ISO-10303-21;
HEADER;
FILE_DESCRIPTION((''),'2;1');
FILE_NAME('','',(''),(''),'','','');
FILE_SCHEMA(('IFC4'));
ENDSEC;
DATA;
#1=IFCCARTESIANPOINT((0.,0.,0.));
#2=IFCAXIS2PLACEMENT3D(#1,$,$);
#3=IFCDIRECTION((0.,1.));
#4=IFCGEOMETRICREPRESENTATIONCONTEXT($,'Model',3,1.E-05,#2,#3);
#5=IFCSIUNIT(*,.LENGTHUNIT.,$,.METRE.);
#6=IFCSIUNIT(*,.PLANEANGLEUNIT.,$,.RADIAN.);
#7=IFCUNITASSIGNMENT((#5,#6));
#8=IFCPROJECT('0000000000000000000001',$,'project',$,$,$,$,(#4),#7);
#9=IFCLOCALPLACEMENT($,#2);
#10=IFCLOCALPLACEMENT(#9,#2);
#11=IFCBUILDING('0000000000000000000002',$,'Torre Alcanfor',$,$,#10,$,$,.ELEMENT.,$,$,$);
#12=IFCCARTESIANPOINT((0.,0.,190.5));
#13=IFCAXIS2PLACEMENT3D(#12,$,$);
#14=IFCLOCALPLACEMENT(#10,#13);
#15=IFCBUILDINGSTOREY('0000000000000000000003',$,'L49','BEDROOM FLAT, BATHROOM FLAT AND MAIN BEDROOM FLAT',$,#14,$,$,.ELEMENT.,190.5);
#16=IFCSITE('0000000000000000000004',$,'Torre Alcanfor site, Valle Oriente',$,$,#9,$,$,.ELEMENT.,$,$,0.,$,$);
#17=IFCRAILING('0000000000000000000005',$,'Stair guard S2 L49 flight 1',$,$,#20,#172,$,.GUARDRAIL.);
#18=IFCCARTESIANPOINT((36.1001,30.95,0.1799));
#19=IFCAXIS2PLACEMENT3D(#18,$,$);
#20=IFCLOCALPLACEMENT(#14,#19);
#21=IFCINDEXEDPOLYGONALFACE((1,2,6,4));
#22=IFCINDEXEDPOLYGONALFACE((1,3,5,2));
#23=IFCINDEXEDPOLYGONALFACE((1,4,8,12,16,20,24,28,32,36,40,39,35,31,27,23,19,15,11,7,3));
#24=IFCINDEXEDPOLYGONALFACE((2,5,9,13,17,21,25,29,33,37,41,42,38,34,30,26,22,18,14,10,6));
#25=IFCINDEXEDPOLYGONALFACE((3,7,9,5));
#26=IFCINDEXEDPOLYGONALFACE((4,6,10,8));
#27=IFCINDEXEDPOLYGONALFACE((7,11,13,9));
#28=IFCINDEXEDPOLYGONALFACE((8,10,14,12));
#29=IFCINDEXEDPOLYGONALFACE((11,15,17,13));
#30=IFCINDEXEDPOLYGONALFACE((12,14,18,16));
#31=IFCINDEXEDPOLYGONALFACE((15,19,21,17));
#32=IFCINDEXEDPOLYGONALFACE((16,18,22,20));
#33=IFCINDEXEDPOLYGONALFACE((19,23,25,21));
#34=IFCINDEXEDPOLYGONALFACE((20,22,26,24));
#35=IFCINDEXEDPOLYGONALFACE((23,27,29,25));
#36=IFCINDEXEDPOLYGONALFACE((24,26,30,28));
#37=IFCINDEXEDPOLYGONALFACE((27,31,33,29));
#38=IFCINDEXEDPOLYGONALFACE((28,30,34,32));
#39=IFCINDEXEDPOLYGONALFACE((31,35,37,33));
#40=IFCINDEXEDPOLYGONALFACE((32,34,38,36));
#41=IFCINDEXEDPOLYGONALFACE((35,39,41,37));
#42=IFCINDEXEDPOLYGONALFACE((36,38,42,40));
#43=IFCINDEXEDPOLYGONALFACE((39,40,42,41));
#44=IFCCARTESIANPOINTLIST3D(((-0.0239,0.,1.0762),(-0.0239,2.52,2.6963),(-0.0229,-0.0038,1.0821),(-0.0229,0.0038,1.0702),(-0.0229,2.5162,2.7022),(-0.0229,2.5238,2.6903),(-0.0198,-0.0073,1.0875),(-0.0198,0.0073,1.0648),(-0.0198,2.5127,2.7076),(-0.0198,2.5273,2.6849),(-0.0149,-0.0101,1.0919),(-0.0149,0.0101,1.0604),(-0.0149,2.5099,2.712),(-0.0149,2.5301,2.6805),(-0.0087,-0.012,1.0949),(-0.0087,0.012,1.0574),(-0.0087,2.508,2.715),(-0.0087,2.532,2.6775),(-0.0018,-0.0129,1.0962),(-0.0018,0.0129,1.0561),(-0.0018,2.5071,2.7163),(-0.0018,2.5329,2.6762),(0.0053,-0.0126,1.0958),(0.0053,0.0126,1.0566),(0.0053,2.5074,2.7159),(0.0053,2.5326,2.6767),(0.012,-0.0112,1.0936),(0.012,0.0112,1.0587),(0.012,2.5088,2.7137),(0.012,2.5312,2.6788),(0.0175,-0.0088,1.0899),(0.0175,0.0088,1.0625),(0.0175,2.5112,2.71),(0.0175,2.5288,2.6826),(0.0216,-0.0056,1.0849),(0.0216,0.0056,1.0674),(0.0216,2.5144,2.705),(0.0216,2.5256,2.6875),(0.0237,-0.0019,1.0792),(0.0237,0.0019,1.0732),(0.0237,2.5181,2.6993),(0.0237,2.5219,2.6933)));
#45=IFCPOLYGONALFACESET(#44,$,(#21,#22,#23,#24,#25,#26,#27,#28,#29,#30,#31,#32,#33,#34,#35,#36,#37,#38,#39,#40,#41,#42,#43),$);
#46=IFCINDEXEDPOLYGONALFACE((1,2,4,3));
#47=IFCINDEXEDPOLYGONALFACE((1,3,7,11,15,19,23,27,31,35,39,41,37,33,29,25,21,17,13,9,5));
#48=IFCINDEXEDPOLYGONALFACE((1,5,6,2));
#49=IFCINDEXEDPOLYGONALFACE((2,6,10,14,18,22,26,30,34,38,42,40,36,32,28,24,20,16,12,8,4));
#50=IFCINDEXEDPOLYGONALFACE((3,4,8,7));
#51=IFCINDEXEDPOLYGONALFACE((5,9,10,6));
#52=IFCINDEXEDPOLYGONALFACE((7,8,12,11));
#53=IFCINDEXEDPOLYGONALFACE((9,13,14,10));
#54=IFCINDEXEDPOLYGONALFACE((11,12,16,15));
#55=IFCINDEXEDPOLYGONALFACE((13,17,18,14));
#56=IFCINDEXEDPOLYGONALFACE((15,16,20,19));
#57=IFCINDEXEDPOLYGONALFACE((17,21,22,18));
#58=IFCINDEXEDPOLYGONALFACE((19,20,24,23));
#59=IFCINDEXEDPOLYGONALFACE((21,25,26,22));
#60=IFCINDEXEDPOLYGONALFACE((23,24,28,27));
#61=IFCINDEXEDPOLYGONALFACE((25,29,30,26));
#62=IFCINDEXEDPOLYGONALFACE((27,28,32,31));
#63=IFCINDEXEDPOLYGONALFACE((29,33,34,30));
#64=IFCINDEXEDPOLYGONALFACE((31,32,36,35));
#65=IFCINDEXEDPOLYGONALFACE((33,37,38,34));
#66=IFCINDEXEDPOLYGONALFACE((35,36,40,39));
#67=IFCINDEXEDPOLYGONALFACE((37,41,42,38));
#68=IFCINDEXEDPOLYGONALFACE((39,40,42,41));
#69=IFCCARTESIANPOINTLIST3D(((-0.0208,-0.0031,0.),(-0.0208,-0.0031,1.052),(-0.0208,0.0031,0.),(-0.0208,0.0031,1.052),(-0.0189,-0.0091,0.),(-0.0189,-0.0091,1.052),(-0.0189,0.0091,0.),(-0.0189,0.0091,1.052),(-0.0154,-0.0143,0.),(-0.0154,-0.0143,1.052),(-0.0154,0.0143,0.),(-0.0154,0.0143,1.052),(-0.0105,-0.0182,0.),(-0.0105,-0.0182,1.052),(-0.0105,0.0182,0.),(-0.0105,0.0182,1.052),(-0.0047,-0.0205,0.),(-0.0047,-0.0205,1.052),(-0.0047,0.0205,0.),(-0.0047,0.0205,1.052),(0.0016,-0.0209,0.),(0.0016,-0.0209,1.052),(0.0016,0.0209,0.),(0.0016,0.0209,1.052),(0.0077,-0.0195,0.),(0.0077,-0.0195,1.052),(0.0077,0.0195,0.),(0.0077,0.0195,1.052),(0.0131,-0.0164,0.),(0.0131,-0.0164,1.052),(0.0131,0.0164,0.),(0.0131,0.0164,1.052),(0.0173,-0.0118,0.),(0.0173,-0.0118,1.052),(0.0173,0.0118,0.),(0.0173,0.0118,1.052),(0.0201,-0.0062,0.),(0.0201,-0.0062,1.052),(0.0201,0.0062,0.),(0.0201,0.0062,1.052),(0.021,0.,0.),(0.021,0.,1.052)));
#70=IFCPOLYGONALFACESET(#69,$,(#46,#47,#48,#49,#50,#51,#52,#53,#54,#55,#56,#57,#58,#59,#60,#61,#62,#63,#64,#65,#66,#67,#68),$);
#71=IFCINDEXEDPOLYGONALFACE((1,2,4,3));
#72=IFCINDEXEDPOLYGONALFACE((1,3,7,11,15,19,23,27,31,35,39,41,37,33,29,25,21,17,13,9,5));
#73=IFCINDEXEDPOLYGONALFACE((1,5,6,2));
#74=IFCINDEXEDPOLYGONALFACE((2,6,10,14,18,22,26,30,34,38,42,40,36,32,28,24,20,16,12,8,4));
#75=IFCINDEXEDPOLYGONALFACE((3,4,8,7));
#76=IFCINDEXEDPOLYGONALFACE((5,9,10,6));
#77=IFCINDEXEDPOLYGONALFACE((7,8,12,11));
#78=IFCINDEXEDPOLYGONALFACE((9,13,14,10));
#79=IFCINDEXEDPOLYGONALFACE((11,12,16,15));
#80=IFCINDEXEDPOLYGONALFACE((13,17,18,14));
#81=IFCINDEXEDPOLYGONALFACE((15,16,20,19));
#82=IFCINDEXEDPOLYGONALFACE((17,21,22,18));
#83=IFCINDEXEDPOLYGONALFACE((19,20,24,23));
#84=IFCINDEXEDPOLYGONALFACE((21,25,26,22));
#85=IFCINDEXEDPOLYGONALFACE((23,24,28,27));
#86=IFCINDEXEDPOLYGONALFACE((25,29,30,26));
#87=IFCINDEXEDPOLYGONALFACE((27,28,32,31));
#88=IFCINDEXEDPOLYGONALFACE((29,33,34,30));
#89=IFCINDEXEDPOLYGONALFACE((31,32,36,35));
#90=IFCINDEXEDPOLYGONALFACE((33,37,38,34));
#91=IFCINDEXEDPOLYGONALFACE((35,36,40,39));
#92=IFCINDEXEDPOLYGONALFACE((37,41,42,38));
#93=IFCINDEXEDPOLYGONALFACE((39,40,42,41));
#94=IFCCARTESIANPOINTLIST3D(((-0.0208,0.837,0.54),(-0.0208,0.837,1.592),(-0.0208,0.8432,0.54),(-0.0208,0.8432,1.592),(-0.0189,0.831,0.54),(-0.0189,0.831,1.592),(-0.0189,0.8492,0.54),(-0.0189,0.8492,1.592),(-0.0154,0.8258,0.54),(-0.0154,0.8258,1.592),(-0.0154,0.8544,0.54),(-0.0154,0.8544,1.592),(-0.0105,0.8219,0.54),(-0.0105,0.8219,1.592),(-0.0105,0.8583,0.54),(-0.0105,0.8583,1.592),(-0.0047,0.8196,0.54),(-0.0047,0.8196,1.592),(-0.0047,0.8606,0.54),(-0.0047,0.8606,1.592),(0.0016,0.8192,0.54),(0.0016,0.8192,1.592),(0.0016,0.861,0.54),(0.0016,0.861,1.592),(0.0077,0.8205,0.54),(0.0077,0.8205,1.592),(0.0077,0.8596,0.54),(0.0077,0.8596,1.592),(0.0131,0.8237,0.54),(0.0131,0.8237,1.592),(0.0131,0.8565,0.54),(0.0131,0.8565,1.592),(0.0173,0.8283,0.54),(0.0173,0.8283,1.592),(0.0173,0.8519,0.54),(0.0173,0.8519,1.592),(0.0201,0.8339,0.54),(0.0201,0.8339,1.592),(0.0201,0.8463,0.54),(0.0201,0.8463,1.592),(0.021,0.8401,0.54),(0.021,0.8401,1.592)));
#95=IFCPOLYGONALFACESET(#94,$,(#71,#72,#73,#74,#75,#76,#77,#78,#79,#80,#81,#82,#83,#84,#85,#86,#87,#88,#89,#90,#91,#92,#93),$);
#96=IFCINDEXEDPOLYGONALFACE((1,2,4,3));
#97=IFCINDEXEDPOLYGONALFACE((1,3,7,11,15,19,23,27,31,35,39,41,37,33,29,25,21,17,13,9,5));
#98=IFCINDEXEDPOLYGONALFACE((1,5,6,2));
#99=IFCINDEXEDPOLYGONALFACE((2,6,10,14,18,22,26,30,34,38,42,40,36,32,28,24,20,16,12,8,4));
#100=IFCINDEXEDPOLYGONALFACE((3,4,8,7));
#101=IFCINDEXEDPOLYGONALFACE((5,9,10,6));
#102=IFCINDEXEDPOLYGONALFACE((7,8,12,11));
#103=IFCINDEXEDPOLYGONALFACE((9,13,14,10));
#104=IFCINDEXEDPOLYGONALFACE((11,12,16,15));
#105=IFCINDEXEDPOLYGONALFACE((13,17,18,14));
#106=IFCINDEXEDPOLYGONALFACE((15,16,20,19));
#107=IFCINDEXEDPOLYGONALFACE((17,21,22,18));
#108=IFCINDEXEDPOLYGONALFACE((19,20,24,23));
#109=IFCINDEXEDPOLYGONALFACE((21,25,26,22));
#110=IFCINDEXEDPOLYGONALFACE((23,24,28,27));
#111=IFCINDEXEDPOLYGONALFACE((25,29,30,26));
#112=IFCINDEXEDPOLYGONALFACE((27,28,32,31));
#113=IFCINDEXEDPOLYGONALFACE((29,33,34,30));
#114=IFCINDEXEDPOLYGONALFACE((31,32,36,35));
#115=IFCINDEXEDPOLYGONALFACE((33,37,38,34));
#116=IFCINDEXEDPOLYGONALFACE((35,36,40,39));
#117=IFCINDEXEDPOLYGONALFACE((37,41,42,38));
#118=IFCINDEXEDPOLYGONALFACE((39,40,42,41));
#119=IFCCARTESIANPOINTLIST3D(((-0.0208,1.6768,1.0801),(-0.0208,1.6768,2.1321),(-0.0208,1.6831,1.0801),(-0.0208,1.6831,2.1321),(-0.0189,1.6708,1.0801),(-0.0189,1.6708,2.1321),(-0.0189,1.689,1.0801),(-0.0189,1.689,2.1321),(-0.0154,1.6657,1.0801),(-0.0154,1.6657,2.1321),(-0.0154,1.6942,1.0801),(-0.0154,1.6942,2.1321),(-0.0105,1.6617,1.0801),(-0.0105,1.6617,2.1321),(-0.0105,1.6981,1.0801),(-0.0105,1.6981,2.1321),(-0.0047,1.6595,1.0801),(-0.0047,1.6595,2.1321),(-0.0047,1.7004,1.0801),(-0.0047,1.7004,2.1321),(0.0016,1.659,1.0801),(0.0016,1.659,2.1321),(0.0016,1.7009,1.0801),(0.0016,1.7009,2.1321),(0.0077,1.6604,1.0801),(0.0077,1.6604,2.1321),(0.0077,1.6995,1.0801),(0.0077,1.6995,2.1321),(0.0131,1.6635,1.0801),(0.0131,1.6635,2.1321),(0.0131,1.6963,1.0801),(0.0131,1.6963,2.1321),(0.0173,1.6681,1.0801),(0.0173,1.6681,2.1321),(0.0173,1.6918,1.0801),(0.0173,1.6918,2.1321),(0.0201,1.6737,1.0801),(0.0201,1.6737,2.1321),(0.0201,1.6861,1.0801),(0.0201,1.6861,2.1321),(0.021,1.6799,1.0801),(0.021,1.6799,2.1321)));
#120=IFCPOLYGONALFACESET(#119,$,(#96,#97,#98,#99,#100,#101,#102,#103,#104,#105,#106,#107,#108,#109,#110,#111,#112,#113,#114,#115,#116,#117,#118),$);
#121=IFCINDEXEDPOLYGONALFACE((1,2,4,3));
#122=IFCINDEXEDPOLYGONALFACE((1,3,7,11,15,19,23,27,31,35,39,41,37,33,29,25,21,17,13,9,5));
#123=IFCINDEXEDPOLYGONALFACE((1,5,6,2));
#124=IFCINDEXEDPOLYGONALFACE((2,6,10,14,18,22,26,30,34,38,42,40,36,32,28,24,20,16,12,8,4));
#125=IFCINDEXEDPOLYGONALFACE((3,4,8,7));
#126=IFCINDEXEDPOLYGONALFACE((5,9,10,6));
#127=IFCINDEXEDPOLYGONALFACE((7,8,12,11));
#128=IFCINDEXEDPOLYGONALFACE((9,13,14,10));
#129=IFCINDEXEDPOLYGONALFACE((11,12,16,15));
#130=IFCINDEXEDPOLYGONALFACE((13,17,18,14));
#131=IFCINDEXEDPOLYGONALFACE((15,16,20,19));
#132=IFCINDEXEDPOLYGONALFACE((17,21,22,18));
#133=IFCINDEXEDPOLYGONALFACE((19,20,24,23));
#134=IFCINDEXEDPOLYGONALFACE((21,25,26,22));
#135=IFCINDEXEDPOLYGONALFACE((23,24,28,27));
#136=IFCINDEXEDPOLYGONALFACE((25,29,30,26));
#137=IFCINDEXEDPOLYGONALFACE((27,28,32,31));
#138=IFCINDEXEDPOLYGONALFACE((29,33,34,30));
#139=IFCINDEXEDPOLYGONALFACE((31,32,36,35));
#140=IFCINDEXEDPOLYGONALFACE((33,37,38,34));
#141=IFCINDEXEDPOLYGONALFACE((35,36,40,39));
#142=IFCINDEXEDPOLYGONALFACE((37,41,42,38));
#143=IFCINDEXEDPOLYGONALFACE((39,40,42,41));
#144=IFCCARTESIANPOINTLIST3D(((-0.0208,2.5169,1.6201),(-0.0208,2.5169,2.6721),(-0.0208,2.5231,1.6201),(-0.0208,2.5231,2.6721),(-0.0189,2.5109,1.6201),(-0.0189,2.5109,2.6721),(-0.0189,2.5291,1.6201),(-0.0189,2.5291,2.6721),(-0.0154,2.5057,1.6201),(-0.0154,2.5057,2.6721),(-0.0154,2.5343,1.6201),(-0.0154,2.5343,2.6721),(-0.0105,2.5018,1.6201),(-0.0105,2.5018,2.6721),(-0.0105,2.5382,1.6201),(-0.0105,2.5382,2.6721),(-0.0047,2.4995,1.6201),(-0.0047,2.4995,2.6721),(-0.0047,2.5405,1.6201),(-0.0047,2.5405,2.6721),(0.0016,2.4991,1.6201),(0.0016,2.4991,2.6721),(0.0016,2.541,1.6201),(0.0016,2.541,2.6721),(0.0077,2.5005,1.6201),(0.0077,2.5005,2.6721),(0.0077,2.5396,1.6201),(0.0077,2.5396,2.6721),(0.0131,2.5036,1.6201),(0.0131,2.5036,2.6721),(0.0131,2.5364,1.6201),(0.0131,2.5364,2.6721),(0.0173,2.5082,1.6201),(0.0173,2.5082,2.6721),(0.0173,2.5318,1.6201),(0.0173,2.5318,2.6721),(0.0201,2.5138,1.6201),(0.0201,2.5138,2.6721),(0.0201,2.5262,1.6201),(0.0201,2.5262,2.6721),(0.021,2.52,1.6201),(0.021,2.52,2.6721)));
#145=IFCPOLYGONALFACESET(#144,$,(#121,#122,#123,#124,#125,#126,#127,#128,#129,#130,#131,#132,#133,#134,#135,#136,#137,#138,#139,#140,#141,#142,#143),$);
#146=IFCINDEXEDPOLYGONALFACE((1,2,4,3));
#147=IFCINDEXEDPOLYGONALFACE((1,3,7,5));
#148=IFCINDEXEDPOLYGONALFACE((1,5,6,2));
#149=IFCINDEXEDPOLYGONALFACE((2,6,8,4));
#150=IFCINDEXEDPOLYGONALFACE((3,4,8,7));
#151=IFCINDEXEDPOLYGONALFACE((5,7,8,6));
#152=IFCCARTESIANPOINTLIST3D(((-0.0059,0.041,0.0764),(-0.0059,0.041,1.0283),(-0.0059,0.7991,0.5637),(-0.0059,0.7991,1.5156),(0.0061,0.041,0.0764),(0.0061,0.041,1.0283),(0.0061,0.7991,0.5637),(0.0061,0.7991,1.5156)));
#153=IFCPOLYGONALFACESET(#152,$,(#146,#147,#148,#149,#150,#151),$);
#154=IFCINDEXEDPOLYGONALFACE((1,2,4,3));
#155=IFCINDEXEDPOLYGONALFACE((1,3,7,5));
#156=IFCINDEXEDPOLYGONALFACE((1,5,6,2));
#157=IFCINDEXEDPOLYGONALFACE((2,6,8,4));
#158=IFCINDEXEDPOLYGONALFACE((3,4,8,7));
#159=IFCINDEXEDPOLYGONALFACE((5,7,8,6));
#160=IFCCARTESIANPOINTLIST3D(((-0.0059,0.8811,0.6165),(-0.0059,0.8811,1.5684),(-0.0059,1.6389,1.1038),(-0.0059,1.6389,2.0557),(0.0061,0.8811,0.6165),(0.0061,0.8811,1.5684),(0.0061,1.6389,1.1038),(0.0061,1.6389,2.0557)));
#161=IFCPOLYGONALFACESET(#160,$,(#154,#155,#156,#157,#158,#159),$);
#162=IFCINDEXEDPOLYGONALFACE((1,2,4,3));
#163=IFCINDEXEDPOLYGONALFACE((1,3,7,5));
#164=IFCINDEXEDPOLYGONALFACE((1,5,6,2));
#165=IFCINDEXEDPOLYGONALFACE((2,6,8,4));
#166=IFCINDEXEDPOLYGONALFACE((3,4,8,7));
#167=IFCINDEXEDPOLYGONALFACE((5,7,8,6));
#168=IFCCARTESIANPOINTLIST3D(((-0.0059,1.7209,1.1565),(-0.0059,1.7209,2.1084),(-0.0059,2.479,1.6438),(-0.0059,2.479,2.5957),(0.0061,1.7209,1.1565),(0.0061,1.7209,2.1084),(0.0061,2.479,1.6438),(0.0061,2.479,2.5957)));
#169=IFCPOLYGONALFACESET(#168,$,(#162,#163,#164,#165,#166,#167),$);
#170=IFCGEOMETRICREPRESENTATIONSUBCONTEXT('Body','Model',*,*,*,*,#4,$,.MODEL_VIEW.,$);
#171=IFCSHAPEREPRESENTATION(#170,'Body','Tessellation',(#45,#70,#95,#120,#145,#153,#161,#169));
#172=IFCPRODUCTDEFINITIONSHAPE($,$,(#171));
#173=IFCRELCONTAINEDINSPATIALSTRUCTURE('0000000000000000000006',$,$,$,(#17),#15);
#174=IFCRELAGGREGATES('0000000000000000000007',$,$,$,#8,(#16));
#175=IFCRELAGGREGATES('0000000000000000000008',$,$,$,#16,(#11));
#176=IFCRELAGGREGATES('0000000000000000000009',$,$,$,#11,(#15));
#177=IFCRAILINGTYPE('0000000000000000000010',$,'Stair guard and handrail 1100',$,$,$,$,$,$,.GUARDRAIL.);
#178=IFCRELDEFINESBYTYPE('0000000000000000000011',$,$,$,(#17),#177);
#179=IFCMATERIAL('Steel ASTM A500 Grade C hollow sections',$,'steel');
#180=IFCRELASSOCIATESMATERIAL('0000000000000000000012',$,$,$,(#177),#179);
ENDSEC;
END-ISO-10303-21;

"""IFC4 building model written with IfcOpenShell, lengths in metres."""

from ifc_helpers import new_model, si_unit, direction, frame, origin, origin_2d, place, context, subcontext, project, spatial, polyline, circle, outline, extrude, material, type_object, element, save


model = new_model("IFC4")

# Units and contexts
model_context = context("Model", 3, precision=1e-05, world=origin(), true_north=direction((0.0, 1.0)))
body_context = subcontext(model_context, "Body", "Model", "MODEL_VIEW")
ifc_project = project(units=[si_unit("LENGTHUNIT", "METRE"), si_unit("PLANEANGLEUNIT", "RADIAN")], contexts=[model_context])

# Site, building, storey
site_placement = place(None, origin())
site = spatial("IfcSite", under=ifc_project, at=site_placement, Name="Torre Alcanfor site, Valle Oriente", CompositionType="ELEMENT", RefElevation=0.0)
building_placement = place(site_placement, origin())
building = spatial("IfcBuilding", under=site, at=building_placement, Name="Torre Alcanfor", CompositionType="ELEMENT")
storey_placement = place(building_placement, frame((0.0, 0.0, 190.5)))
storey = spatial("IfcBuildingStorey", under=building, at=storey_placement, Name="L49", Description="BEDROOM FLAT, BATHROOM FLAT AND MAIN BEDROOM FLAT", CompositionType="ELEMENT", Elevation=190.5)

# Railing
ifc_material_1 = material(Name="Steel ASTM A500 Grade C hollow sections", Category="steel")
railing_type_1 = type_object("IfcRailingType", Name="Stair guard and handrail 1100", PredefinedType="GUARDRAIL", material=ifc_material_1)
railing_1_placement = place(storey_placement, frame((36.1001, 30.95, 0.1799)))
element("IfcRailing", 1, at=railing_1_placement, inside=storey, type_object=railing_type_1, Name="Stair guard S2 L49 flight 1", PredefinedType="GUARDRAIL", context=body_context, shape_type="SweptSolid", body=[
    extrude(circle(Radius=0.0239, at=origin_2d()), frame((0.0, 0.0, 1.0762), z_axis=(0.0, 0.841163, 0.540782), x_axis=(-1.0, 0.0, 0.0)), (0.0, 0.0, 1.0), 2.9958),
    extrude(circle(Radius=0.021, at=origin_2d()), origin(), (0.0, 0.0, 1.0), 1.052),
    extrude(circle(Radius=0.021, at=origin_2d()), frame((0.0, 0.8401, 0.54)), (0.0, 0.0, 1.0), 1.052),
    extrude(circle(Radius=0.021, at=origin_2d()), frame((0.0, 1.6799, 1.0801)), (0.0, 0.0, 1.0), 1.052),
    extrude(circle(Radius=0.021, at=origin_2d()), frame((0.0, 2.52, 1.6201)), (0.0, 0.0, 1.0), 1.052),
    extrude(outline(polyline([(0.041, 0.0764), (0.7991, 0.5637), (0.7991, 1.5156), (0.041, 1.0283), (0.041, 0.0764)])), frame((-0.0059, 0.0, 0.0), z_axis=(1.0, 0.0, 0.0), x_axis=(0.0, 1.0, 0.0)), (0.0, 0.0, 1.0), 0.012),
    extrude(outline(polyline([(0.8811, 0.6165), (1.6389, 1.1038), (1.6389, 2.0557), (0.8811, 1.5684), (0.8811, 0.6165)])), frame((-0.0059, 0.0, 0.0), z_axis=(1.0, 0.0, 0.0), x_axis=(0.0, 1.0, 0.0)), (0.0, 0.0, 1.0), 0.012),
    extrude(outline(polyline([(1.7209, 1.1565), (2.479, 1.6438), (2.479, 2.5957), (1.7209, 2.1084), (1.7209, 1.1565)])), frame((-0.0059, 0.0, 0.0), z_axis=(1.0, 0.0, 0.0), x_axis=(0.0, 1.0, 0.0)), (0.0, 0.0, 1.0), 0.012),
])

save(model, "model.ifc")
